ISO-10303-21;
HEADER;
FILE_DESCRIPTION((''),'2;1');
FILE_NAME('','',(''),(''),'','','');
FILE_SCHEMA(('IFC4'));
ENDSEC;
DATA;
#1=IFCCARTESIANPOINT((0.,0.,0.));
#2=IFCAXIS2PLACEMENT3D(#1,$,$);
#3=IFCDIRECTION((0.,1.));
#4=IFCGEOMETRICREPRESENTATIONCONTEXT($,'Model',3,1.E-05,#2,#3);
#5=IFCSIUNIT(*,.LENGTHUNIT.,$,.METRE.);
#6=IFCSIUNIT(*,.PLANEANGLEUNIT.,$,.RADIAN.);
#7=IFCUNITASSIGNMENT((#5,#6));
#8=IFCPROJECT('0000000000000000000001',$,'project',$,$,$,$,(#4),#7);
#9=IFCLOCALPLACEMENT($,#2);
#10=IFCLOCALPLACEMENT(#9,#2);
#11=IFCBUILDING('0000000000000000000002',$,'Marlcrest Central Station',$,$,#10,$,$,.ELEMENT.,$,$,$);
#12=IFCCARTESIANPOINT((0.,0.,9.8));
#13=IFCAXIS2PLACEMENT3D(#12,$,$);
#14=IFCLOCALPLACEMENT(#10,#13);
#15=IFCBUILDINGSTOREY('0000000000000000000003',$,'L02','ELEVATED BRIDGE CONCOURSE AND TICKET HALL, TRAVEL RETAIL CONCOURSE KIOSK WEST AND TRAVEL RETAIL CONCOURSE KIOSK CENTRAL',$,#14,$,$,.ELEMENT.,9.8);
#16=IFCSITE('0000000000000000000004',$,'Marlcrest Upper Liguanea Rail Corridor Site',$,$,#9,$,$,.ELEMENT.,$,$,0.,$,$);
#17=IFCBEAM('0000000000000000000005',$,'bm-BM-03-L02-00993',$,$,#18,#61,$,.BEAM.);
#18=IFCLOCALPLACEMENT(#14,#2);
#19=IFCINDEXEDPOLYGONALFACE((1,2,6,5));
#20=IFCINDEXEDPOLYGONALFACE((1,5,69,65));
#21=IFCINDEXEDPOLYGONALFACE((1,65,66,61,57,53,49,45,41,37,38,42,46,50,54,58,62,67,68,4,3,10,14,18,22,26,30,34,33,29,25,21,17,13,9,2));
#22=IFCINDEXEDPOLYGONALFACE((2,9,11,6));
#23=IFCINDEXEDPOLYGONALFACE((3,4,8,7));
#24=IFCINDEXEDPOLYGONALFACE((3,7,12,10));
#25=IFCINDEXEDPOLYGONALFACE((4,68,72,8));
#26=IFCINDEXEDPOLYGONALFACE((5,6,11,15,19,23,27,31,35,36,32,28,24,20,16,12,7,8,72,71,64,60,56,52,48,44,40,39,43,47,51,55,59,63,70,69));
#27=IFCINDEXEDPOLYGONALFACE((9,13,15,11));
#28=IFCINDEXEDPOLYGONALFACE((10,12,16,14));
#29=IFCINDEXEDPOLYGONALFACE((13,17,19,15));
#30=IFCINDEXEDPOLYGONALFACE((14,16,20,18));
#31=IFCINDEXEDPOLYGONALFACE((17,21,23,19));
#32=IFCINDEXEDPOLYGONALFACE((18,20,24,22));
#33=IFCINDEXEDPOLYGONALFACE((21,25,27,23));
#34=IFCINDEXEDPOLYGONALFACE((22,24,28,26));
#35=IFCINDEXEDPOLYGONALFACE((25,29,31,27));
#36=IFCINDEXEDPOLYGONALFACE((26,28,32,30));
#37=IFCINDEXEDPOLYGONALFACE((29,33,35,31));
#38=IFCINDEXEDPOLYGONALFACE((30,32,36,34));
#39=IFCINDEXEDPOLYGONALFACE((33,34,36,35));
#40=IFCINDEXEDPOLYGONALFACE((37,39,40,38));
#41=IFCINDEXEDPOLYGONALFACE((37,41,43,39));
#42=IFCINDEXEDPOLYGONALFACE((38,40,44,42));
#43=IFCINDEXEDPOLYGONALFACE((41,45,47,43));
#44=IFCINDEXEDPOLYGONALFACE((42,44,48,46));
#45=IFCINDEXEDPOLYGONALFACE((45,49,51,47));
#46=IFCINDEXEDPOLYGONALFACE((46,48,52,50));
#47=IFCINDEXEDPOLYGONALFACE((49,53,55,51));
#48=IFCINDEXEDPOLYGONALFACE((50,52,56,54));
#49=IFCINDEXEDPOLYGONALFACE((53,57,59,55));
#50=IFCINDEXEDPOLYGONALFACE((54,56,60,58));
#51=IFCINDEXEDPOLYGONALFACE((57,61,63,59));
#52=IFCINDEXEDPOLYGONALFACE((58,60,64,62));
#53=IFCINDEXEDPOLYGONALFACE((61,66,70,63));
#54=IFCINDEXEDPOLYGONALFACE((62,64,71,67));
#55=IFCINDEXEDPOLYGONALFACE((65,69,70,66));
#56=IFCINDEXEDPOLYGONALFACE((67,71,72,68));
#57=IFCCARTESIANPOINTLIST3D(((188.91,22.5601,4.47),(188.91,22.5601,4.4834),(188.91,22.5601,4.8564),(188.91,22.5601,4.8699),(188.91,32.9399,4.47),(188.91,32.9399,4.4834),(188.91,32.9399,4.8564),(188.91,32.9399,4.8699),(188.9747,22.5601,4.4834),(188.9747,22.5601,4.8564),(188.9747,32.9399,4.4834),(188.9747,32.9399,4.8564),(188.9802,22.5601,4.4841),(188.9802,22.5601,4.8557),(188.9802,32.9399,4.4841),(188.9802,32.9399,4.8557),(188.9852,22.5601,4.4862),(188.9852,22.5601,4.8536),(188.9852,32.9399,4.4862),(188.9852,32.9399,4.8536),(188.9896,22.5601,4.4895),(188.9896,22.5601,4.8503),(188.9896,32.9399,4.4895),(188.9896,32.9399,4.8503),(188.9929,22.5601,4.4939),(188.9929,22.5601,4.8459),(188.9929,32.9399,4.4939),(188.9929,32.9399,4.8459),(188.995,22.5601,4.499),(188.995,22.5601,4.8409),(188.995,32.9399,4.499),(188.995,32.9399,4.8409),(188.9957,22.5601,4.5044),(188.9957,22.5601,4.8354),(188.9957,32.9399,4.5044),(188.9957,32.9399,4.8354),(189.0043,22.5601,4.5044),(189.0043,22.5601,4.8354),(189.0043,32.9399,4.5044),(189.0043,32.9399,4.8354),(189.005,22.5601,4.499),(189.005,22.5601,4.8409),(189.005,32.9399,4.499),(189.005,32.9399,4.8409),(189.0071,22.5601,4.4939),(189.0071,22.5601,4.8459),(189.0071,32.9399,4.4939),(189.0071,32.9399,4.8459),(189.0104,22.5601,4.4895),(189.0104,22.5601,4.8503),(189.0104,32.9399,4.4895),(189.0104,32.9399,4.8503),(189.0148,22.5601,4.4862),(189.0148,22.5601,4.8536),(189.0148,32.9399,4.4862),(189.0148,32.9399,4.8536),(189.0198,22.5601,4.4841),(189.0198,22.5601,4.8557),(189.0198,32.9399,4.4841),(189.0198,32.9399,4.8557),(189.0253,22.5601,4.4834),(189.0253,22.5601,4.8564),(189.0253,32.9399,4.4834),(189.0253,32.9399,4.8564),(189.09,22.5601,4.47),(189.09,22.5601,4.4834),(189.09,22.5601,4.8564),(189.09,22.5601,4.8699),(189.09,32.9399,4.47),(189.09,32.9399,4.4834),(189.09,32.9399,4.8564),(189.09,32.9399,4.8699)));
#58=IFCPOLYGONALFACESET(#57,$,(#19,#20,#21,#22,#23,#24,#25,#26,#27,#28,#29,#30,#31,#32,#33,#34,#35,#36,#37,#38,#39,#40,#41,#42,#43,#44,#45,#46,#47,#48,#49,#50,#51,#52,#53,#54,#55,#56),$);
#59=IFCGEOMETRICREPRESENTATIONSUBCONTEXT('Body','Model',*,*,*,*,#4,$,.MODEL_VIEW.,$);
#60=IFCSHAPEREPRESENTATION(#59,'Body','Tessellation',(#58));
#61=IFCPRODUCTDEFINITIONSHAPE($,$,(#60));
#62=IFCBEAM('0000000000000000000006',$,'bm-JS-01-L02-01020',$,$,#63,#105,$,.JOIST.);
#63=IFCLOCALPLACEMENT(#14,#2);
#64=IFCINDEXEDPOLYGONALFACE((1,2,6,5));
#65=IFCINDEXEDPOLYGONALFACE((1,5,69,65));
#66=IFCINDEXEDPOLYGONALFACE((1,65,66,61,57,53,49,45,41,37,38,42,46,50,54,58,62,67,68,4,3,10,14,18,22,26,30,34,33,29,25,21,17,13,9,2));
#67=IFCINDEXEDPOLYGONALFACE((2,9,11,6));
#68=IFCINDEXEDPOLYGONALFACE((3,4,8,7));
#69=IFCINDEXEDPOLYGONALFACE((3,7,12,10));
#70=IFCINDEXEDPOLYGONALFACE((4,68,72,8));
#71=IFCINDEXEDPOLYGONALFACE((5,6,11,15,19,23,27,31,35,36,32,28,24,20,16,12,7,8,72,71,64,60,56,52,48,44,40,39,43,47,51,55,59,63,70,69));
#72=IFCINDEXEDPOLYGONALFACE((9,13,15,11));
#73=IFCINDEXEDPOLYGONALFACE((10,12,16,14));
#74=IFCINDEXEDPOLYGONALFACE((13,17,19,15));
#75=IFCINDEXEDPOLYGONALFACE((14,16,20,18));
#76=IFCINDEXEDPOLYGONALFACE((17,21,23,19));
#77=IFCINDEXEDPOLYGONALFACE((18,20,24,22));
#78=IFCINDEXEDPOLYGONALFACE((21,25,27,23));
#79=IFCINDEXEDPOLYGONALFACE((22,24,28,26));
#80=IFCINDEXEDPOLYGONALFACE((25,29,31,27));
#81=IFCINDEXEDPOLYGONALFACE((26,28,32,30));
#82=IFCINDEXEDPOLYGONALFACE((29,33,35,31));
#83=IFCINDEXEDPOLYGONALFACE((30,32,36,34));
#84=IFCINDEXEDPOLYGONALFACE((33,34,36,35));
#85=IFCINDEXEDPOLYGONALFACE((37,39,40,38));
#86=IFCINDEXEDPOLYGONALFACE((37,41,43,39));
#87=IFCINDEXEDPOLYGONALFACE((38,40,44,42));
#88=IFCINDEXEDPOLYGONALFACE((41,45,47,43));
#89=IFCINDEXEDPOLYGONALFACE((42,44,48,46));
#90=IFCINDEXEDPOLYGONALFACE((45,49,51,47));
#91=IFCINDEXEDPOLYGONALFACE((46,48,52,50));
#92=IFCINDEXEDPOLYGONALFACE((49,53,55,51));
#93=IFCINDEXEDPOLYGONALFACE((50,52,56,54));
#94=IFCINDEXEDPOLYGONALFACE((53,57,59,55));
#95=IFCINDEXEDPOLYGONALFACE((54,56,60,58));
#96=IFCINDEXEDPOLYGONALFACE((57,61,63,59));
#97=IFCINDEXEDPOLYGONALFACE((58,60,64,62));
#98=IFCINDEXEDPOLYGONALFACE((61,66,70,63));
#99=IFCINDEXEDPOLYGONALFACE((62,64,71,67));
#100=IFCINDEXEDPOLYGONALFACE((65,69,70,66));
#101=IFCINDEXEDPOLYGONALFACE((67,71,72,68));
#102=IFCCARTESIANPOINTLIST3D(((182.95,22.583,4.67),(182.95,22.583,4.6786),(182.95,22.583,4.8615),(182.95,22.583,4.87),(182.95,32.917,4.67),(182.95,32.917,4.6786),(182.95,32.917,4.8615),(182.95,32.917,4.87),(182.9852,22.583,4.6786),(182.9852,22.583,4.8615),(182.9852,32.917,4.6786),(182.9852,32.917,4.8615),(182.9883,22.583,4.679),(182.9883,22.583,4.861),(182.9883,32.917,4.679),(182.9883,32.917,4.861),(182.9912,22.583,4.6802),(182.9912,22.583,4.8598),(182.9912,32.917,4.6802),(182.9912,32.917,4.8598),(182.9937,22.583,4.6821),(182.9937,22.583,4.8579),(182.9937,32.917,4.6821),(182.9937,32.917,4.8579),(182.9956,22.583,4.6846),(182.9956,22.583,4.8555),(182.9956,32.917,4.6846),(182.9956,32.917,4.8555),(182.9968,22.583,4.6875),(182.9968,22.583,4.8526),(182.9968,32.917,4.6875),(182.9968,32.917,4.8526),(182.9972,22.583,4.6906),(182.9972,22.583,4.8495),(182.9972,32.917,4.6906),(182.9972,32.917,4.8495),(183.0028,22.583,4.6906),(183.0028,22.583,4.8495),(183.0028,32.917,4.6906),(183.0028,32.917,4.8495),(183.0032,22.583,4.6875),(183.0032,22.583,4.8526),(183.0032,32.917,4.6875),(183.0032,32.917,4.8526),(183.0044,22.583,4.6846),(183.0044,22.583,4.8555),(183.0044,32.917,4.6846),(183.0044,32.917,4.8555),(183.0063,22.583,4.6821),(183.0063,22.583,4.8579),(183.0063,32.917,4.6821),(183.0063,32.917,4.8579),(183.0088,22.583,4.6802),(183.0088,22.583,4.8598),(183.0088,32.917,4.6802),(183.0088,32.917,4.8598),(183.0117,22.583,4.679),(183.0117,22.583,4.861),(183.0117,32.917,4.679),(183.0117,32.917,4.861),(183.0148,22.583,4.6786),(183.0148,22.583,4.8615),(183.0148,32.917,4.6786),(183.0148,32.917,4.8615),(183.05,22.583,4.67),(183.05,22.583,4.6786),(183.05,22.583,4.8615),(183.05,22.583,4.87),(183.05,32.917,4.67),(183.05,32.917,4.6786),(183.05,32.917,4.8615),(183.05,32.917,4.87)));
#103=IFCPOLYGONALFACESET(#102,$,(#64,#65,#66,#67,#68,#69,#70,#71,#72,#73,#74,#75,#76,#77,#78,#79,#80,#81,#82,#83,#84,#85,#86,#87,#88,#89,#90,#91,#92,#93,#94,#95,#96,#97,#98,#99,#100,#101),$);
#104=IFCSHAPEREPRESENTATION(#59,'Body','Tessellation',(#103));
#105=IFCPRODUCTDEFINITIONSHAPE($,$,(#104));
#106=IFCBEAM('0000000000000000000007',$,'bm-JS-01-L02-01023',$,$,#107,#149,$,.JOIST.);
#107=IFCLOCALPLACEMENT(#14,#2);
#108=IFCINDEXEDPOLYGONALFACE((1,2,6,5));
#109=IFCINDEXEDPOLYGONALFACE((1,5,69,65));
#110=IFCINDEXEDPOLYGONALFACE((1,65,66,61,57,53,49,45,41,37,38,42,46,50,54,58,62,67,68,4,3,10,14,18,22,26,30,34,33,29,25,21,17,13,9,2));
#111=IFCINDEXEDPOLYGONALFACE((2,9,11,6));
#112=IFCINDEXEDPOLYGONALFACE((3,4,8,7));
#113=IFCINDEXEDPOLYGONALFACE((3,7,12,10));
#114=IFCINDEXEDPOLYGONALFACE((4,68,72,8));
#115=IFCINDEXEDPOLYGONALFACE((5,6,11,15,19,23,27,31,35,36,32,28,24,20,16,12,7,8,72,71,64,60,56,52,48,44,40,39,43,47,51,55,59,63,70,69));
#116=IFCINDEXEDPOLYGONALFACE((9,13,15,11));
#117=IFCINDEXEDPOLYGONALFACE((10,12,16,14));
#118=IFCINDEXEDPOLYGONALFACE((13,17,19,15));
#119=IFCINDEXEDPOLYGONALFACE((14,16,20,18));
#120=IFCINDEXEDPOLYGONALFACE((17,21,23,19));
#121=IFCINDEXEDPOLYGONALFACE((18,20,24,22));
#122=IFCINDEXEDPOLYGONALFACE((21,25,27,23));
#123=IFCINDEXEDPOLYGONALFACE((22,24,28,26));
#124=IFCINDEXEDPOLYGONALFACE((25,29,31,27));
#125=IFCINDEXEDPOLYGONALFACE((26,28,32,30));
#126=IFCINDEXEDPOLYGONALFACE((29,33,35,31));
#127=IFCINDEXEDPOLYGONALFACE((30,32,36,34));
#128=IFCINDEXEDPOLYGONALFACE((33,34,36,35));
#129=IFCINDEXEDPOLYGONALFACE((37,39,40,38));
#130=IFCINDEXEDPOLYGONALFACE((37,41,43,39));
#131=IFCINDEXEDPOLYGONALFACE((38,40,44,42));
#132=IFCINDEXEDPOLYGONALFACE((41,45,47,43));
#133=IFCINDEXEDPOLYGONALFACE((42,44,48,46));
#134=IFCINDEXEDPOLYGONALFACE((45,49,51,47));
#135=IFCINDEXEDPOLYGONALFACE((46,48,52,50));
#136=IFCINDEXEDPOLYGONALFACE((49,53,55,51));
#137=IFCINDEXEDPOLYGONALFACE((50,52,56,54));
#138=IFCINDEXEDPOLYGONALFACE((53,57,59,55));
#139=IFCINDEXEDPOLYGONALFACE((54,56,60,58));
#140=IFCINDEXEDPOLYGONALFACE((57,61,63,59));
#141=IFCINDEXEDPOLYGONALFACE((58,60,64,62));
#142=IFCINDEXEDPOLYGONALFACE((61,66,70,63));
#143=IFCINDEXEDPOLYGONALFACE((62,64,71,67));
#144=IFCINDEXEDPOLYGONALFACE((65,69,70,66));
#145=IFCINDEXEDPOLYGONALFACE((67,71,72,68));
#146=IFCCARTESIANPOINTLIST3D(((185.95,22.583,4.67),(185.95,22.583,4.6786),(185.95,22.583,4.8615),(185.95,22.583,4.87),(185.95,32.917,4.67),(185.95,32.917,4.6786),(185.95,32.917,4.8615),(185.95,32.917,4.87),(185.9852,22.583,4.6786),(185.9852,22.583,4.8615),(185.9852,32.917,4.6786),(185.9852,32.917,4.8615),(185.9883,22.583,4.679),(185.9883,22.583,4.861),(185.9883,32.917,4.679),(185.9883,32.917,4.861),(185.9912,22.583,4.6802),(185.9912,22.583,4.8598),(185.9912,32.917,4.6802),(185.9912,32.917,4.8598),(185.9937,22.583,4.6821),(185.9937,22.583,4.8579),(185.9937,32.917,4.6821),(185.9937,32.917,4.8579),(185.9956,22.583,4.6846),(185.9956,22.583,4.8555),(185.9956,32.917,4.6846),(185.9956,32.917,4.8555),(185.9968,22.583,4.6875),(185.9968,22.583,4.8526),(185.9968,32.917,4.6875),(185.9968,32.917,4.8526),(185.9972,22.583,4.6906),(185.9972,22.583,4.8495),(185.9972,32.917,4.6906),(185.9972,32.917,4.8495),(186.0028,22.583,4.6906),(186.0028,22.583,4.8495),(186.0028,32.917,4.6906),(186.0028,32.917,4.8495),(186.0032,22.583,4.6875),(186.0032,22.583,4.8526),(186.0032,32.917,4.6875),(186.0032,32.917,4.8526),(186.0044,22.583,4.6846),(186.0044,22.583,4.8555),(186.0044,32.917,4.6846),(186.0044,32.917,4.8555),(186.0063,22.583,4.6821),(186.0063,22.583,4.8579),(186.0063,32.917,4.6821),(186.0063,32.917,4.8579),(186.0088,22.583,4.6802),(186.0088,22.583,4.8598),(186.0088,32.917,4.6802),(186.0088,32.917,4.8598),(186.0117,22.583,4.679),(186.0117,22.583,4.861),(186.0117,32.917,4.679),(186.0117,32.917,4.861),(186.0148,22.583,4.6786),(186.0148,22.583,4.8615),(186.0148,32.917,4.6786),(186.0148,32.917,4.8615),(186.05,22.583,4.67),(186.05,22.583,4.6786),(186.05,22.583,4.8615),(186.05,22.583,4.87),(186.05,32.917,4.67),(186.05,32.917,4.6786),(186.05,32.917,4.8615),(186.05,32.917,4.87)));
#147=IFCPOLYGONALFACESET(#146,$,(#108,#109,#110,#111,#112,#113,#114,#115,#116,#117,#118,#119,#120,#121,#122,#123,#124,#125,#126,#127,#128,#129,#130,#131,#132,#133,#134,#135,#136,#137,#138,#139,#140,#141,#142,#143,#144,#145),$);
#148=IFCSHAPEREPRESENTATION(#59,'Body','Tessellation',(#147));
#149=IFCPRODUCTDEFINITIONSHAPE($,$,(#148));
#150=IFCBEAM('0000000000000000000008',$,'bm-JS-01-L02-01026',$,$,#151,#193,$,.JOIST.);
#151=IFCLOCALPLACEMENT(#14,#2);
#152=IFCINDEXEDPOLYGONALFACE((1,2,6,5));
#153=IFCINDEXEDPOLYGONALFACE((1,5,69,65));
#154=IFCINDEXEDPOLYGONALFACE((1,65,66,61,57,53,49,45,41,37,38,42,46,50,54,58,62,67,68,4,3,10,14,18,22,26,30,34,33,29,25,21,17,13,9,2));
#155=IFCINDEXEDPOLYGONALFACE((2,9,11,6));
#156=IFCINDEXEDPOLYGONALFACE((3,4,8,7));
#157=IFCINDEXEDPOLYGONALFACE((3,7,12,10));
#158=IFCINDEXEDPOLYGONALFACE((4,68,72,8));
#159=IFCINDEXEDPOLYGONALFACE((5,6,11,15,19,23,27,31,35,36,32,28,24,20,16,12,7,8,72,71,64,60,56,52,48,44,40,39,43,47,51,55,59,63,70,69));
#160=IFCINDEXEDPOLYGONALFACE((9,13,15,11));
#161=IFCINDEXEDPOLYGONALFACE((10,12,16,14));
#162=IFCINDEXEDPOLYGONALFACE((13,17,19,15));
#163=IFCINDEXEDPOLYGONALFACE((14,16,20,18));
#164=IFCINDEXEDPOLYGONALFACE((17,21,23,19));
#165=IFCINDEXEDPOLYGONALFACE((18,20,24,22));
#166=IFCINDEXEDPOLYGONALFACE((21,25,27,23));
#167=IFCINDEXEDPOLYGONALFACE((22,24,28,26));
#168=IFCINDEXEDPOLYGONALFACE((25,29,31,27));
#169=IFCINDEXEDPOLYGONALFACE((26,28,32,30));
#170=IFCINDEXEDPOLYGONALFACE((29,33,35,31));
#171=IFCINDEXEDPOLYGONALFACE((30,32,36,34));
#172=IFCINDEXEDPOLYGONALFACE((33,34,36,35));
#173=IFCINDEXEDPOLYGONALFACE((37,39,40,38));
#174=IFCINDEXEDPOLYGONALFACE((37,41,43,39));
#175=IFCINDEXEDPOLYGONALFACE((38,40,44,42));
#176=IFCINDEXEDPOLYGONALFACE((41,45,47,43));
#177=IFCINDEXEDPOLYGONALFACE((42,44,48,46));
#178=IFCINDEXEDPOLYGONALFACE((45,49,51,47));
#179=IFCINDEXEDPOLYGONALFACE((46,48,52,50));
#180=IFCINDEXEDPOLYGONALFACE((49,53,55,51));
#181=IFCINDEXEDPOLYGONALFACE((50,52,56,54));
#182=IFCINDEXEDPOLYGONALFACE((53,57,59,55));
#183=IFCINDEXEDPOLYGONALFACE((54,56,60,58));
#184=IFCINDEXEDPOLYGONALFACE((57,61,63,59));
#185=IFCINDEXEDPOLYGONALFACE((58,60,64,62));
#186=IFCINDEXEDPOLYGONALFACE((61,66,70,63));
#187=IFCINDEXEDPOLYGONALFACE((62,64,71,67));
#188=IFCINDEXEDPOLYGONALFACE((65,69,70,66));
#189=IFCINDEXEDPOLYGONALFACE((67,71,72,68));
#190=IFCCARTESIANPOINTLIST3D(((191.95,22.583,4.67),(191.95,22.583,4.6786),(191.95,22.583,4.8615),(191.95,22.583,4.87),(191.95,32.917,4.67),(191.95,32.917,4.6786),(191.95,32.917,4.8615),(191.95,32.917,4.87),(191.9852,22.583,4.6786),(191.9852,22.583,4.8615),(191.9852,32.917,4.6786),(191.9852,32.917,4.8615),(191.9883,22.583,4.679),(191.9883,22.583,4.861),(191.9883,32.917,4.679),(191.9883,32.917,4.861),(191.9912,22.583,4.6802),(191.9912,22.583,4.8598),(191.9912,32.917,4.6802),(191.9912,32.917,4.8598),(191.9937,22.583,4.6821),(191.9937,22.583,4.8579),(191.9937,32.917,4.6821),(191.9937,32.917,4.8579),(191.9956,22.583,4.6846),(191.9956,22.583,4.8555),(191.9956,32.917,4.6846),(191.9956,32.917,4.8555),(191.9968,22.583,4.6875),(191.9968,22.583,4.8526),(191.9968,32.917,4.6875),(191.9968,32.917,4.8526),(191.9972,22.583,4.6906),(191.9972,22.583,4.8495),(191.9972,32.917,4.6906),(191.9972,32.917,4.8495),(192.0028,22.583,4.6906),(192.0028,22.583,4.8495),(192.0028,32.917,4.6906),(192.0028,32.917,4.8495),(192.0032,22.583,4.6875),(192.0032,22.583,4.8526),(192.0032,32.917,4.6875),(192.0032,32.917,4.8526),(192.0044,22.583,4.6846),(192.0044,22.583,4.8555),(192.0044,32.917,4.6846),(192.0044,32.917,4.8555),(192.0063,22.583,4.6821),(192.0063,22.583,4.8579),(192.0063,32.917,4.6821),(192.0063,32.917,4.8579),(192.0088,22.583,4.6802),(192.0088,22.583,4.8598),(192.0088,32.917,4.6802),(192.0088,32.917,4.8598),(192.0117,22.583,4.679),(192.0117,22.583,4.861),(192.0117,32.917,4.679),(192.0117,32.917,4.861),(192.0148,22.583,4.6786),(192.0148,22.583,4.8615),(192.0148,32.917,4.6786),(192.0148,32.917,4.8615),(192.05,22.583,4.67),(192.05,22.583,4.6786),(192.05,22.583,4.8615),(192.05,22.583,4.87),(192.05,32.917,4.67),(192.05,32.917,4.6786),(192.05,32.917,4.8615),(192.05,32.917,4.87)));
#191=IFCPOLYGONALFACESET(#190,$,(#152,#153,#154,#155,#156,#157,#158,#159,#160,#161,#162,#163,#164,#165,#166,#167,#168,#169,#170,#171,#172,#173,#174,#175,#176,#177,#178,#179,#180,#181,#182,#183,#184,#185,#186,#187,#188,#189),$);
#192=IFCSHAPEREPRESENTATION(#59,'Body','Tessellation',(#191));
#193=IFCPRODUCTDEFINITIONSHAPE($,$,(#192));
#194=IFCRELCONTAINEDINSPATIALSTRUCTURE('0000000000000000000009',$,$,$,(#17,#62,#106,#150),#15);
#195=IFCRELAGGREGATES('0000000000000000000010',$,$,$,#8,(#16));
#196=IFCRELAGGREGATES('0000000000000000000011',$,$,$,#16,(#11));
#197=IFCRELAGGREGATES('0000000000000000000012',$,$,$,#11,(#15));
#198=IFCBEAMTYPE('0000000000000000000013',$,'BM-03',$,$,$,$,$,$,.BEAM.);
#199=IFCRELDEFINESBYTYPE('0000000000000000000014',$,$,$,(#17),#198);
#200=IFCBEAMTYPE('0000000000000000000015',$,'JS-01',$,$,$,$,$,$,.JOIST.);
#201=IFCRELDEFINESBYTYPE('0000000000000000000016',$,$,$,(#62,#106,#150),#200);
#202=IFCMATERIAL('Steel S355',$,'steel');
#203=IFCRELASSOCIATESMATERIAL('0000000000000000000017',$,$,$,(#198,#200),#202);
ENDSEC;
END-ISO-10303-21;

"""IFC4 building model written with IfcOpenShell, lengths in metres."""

from ifc_helpers import new_model, si_unit, direction, frame, origin, origin_2d, place, context, subcontext, project, spatial, i_section, extrude, material, material_profile, profile_set, type_object, element, save


model = new_model("IFC4")

# Units and contexts
model_context = context("Model", 3, precision=1e-05, world=origin(), true_north=direction((0.0, 1.0)))
body_context = subcontext(model_context, "Body", "Model", "MODEL_VIEW")
ifc_project = project(units=[si_unit("LENGTHUNIT", "METRE"), si_unit("PLANEANGLEUNIT", "RADIAN")], contexts=[model_context])

# Site, building, storey
site_placement = place(None, origin())
site = spatial("IfcSite", under=ifc_project, at=site_placement, Name="Marlcrest Upper Liguanea Rail Corridor Site", CompositionType="ELEMENT", RefElevation=0.0)
building_placement = place(site_placement, origin())
building = spatial("IfcBuilding", under=site, at=building_placement, Name="Marlcrest Central Station", CompositionType="ELEMENT")
storey_placement = place(building_placement, frame((0.0, 0.0, 9.8)))
storey = spatial("IfcBuildingStorey", under=building, at=storey_placement, Name="L02", Description="ELEVATED BRIDGE CONCOURSE AND TICKET HALL, TRAVEL RETAIL CONCOURSE KIOSK WEST AND TRAVEL RETAIL CONCOURSE KIOSK CENTRAL", CompositionType="ELEMENT", Elevation=9.8)

# Beams
ifc_material_1 = material(Name="Steel S355", Category="steel")
ifc_material_profile_1 = material_profile(ifc_material_1, i_section(OverallWidth=0.1799, OverallDepth=0.3999, WebThickness=0.0085, FlangeThickness=0.0134, FilletRadius=0.021, at=origin_2d()), Name="IPE 400")
ifc_profile_set_1 = profile_set([ifc_material_profile_1], Name="Steel S355")
beam_type_1 = type_object("IfcBeamType", Name="BM-03", PredefinedType="BEAM", material=ifc_profile_set_1)
for number, where, z_axis, x_axis, name in (
    (1, (189.0, 22.5601, 4.6699), (0.0, 1.0, 0.0), (-1.0, 0.0, 0.0), "bm-BM-03-L02-00993"),
):
    element("IfcBeam", number, at=place(storey_placement, frame(where, z_axis=z_axis, x_axis=x_axis)), inside=storey, type_object=beam_type_1, Name=name, PredefinedType="BEAM", context=body_context, shape_type="SweptSolid", body=[
        extrude(i_section(OverallWidth=0.1799, OverallDepth=0.3999, WebThickness=0.0085, FlangeThickness=0.0134, FilletRadius=0.021, at=origin_2d()), origin(), (0.0, 0.0, 1.0), 10.3799),
    ])
ifc_material_profile_2 = material_profile(ifc_material_1, i_section(OverallWidth=0.1001, OverallDepth=0.2, WebThickness=0.0056, FlangeThickness=0.0085, FilletRadius=0.012, at=origin_2d()), Name="IPE 200")
ifc_profile_set_2 = profile_set([ifc_material_profile_2], Name="Steel S355")
beam_type_2 = type_object("IfcBeamType", Name="JS-01", PredefinedType="JOIST", material=ifc_profile_set_2)
for number, where, z_axis, x_axis, name in (
    (2, (183.0, 22.583, 4.77), (0.0, 1.0, 0.0), (-1.0, 0.0, 0.0), "bm-JS-01-L02-01020"),
    (3, (186.0, 22.583, 4.77), (0.0, 1.0, 0.0), (-1.0, 0.0, 0.0), "bm-JS-01-L02-01023"),
    (4, (192.0, 22.583, 4.77), (0.0, 1.0, 0.0), (-1.0, 0.0, 0.0), "bm-JS-01-L02-01026"),
):
    element("IfcBeam", number, at=place(storey_placement, frame(where, z_axis=z_axis, x_axis=x_axis)), inside=storey, type_object=beam_type_2, Name=name, PredefinedType="JOIST", context=body_context, shape_type="SweptSolid", body=[
        extrude(i_section(OverallWidth=0.1001, OverallDepth=0.2, WebThickness=0.0056, FlangeThickness=0.0085, FilletRadius=0.012, at=origin_2d()), origin(), (0.0, 0.0, 1.0), 10.334),
    ])

save(model, "model.ifc")
